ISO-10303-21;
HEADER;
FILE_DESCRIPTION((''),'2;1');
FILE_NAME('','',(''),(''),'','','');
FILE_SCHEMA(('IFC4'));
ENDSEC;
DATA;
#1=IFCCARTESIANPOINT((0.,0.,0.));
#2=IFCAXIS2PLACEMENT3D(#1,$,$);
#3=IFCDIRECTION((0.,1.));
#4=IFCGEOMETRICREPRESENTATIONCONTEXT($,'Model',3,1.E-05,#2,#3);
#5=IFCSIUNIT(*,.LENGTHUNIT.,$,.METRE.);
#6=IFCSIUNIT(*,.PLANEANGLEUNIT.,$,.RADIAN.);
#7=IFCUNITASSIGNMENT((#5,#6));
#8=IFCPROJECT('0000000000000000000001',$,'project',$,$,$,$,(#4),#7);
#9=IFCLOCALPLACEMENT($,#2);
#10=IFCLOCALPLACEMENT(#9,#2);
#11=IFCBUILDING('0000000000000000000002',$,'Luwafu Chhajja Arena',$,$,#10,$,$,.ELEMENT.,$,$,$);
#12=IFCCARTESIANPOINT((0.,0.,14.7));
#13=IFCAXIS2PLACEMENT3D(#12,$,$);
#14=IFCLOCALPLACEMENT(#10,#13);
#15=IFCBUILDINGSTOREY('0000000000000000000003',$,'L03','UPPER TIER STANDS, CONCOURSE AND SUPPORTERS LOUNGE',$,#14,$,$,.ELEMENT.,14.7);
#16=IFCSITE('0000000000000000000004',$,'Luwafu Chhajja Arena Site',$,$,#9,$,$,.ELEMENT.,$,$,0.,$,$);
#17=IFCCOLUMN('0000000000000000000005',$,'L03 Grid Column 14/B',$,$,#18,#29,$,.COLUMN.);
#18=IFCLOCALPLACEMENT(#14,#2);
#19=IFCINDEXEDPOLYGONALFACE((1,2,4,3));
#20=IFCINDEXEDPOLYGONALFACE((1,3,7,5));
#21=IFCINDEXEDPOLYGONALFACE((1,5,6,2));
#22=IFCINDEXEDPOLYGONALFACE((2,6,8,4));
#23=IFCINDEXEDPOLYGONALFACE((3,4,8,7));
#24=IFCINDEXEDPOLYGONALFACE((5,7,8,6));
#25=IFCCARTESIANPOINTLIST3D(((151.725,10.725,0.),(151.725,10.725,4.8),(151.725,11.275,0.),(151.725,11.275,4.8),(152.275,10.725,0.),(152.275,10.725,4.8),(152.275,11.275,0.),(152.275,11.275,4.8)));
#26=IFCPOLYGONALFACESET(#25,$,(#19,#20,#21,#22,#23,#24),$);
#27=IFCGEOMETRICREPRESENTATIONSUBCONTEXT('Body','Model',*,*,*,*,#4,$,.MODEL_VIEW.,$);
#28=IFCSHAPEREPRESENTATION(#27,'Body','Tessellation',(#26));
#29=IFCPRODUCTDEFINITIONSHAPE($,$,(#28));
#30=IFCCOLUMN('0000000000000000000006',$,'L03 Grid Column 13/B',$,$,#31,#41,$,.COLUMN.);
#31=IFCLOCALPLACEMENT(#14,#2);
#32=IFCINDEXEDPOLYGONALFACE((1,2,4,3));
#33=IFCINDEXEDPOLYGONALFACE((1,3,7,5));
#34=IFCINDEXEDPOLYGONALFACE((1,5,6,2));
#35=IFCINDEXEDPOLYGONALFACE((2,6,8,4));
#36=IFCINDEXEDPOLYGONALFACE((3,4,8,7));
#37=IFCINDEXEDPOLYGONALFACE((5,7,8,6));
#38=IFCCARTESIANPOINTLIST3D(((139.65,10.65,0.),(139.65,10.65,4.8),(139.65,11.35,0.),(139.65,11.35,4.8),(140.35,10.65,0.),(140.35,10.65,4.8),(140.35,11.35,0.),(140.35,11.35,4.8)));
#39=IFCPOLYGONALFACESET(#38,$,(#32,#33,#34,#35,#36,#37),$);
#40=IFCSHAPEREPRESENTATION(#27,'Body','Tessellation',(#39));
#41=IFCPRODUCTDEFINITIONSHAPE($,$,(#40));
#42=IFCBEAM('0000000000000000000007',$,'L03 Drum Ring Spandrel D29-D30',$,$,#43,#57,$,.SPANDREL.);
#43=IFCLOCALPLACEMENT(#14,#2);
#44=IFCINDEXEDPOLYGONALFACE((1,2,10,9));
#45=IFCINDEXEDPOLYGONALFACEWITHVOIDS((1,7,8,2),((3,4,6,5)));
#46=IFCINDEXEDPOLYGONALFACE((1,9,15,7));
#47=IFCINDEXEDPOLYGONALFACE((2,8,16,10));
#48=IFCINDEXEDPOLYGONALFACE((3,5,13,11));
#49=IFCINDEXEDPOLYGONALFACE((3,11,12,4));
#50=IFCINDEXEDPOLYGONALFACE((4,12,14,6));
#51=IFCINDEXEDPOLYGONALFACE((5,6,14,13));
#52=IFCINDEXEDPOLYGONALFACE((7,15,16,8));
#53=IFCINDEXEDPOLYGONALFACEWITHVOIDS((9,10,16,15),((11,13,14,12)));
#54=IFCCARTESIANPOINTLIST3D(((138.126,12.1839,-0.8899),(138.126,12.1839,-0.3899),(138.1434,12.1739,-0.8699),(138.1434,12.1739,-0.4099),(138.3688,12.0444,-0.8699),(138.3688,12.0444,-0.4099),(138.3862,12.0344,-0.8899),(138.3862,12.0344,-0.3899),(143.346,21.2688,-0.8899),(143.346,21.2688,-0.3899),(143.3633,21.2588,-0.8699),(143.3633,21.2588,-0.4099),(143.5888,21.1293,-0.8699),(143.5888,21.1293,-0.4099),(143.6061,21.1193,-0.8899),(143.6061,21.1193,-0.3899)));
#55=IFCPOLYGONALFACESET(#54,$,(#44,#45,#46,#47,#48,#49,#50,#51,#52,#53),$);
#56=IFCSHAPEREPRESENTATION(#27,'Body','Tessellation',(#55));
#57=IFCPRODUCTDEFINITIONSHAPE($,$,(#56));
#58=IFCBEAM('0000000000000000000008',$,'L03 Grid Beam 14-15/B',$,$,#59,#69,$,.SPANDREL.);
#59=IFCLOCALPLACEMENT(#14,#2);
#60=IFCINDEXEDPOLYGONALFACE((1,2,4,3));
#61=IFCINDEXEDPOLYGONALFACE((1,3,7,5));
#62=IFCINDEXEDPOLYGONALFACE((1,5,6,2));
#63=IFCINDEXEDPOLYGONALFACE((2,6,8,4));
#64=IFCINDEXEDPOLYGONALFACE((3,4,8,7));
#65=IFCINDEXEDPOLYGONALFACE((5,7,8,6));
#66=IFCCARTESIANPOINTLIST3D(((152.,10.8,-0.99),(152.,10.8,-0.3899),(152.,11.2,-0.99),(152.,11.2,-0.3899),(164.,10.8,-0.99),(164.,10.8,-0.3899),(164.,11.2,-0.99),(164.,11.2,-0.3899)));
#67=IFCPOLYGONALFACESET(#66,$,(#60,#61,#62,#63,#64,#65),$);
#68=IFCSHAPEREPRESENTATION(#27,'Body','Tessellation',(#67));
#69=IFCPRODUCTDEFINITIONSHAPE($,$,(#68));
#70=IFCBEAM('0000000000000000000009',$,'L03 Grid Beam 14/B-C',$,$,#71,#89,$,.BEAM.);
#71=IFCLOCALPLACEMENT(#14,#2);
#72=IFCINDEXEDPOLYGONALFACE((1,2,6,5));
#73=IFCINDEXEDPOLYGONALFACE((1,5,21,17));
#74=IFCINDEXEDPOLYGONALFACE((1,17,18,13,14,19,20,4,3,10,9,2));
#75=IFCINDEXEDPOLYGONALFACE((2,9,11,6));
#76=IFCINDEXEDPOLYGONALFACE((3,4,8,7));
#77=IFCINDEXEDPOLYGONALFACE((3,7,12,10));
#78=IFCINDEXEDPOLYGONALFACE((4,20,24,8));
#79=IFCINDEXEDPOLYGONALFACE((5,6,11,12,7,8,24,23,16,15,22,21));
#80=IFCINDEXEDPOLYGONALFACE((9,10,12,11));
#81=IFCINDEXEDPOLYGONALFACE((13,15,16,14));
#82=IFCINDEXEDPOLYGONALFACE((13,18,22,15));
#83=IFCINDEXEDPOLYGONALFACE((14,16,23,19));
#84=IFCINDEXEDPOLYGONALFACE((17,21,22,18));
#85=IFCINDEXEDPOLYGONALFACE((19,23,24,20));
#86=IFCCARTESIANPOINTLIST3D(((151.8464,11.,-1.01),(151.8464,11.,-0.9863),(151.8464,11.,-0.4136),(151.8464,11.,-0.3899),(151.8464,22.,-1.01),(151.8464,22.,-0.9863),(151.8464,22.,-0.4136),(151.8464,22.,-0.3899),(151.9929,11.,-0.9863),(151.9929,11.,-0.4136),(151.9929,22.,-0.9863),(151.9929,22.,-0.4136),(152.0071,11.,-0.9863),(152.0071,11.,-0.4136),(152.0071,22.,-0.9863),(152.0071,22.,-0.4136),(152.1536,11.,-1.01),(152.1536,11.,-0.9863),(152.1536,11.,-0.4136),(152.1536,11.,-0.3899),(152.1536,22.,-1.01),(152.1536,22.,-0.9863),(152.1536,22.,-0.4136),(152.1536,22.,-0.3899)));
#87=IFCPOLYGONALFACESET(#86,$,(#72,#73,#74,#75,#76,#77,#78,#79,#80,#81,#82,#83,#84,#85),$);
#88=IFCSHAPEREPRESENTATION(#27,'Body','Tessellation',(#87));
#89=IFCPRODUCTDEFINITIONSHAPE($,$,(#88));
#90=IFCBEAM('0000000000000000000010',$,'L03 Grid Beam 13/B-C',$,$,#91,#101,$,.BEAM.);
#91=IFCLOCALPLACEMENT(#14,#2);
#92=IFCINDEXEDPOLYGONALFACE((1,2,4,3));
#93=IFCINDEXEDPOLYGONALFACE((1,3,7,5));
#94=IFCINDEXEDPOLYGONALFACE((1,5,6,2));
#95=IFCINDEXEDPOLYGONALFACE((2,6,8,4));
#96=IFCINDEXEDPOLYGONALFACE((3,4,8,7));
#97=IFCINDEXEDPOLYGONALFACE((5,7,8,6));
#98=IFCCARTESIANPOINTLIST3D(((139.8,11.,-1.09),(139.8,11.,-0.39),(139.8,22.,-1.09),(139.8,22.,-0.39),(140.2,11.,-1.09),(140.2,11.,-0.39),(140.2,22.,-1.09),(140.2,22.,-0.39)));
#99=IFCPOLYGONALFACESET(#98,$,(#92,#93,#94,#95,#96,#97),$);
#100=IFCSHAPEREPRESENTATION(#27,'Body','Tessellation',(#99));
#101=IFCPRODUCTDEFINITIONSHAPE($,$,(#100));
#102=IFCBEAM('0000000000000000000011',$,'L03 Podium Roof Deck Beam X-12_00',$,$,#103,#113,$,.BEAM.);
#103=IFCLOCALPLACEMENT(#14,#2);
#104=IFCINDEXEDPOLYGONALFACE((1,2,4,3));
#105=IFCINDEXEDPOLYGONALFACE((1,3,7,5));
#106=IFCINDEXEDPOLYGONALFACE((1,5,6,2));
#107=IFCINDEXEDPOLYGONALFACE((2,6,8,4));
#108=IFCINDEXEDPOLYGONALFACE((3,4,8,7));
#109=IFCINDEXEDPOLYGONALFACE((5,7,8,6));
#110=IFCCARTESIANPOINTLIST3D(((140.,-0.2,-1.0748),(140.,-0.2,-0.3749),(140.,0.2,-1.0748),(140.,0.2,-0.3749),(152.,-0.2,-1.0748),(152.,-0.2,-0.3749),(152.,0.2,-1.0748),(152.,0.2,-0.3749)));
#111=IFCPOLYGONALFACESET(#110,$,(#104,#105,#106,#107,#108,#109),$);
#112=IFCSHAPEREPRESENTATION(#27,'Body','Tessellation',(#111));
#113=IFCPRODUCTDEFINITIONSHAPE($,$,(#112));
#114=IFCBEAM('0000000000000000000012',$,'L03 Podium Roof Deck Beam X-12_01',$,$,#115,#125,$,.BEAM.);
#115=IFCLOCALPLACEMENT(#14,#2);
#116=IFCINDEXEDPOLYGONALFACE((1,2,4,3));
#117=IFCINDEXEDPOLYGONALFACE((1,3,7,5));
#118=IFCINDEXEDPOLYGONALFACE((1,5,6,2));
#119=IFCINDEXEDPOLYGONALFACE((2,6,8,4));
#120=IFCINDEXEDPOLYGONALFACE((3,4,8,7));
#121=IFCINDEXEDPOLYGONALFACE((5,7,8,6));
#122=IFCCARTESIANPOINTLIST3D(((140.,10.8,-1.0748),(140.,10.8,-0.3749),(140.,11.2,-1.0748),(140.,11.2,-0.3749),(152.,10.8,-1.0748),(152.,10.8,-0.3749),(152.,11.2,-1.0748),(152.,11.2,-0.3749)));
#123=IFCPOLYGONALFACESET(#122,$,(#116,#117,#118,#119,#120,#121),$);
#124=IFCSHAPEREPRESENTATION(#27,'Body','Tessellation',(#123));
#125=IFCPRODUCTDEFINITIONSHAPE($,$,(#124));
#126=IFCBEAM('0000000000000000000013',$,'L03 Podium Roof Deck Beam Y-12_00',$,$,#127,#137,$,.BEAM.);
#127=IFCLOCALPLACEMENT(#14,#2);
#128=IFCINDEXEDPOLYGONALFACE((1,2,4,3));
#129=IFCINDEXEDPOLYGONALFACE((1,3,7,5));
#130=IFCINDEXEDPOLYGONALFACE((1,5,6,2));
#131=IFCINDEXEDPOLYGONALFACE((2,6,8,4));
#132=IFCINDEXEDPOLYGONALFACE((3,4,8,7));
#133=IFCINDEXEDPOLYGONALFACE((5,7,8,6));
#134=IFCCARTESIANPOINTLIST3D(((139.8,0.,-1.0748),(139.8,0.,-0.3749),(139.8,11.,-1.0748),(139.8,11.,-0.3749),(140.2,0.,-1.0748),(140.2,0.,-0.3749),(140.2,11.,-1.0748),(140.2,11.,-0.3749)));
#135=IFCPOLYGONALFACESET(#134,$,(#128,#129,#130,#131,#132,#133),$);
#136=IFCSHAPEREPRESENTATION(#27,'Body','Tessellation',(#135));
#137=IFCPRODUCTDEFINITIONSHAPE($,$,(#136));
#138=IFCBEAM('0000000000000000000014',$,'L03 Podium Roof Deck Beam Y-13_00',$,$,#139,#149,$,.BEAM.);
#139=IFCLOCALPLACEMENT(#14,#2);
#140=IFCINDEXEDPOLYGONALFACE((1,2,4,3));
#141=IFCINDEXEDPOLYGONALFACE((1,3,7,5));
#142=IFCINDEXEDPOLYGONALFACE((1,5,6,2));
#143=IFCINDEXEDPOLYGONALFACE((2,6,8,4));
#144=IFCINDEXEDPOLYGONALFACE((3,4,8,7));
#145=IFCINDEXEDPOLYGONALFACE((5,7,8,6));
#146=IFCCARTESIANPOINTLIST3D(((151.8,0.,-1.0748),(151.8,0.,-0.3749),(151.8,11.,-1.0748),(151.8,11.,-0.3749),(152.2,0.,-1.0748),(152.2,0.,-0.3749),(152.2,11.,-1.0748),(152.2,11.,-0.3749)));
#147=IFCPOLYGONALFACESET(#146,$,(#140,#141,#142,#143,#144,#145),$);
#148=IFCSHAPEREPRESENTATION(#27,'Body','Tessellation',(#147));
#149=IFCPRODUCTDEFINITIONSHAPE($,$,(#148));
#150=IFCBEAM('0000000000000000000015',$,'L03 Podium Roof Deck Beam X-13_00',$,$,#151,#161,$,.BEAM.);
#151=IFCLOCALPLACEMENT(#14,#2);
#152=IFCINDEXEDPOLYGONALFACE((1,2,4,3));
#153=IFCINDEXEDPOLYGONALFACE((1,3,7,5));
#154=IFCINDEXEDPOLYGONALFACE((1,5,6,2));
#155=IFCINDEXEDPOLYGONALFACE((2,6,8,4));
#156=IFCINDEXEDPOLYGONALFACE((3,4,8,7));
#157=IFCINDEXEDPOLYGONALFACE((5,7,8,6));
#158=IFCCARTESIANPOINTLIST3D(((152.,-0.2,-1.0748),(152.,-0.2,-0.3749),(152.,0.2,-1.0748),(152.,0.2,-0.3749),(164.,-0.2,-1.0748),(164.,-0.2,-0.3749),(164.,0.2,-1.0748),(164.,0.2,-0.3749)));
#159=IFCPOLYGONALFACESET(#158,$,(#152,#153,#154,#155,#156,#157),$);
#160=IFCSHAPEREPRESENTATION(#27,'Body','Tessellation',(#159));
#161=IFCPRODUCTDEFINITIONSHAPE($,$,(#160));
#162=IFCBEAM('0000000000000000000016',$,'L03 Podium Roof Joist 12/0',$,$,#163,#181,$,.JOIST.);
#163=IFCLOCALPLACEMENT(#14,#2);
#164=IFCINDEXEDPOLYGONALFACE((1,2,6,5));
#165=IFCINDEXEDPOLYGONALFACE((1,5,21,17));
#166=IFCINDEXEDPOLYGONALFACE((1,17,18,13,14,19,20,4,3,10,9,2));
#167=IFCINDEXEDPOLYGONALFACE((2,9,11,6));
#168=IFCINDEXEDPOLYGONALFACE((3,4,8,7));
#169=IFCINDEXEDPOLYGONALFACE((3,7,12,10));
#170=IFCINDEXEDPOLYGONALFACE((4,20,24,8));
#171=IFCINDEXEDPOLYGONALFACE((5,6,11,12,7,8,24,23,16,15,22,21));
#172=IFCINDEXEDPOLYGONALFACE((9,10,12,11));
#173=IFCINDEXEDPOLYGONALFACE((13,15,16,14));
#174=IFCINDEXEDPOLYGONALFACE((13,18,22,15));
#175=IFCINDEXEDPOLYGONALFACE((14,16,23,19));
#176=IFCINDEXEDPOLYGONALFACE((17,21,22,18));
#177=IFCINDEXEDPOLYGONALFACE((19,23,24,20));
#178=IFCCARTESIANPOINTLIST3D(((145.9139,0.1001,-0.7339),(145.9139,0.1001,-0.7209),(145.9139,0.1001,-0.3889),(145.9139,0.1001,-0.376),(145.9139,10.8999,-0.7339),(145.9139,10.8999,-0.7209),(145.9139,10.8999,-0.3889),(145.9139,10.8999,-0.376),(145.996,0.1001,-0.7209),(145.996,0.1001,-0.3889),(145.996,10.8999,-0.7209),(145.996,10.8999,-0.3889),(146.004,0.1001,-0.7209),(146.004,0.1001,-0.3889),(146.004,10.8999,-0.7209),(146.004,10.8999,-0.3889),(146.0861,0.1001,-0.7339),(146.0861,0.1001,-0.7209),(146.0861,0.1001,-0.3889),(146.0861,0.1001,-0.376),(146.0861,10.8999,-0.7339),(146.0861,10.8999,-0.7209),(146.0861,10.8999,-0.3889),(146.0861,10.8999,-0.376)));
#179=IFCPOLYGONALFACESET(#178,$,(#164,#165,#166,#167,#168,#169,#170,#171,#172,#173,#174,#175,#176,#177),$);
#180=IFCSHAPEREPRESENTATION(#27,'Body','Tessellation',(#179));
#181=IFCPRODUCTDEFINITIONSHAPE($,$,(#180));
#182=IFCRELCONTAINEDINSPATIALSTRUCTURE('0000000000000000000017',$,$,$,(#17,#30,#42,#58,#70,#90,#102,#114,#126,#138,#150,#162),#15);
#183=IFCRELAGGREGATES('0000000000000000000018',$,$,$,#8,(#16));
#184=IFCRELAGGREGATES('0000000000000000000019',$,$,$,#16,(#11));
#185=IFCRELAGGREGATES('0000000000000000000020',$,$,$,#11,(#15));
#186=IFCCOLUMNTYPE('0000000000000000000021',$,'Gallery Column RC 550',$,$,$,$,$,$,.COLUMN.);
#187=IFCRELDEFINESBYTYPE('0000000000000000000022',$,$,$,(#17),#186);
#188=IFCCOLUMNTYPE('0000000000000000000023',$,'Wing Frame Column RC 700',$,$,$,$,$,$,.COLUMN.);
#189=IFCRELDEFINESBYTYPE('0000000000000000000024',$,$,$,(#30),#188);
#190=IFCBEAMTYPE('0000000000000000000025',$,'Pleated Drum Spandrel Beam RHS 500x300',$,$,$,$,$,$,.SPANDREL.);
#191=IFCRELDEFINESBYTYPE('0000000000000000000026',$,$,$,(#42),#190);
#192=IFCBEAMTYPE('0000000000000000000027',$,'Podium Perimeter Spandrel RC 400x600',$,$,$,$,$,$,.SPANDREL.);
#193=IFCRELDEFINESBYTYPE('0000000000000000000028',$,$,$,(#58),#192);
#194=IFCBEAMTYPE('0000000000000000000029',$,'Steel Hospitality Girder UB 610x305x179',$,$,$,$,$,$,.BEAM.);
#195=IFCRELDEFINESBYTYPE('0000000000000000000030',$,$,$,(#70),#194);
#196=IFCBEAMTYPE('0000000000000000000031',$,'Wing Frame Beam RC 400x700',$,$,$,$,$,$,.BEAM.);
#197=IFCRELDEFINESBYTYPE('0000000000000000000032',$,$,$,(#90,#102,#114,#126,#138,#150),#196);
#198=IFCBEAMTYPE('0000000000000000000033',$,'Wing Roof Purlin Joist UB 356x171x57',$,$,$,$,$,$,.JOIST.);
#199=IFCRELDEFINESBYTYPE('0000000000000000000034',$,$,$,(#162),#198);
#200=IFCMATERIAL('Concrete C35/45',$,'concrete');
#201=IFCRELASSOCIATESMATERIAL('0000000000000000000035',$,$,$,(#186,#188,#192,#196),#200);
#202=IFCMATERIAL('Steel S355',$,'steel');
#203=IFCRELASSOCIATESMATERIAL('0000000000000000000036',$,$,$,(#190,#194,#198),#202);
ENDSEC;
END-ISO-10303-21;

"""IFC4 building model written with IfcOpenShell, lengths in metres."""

from ifc_helpers import new_model, si_unit, direction, frame, origin, origin_2d, place, context, subcontext, project, spatial, rectangle, hollow_rectangle, i_section, extrude, material, material_profile, profile_set, type_object, element, save


model = new_model("IFC4")

# Units and contexts
model_context = context("Model", 3, precision=1e-05, world=origin(), true_north=direction((0.0, 1.0)))
body_context = subcontext(model_context, "Body", "Model", "MODEL_VIEW")
ifc_project = project(units=[si_unit("LENGTHUNIT", "METRE"), si_unit("PLANEANGLEUNIT", "RADIAN")], contexts=[model_context])

# Site, building, storey
site_placement = place(None, origin())
site = spatial("IfcSite", under=ifc_project, at=site_placement, Name="Luwafu Chhajja Arena Site", CompositionType="ELEMENT", RefElevation=0.0)
building_placement = place(site_placement, origin())
building = spatial("IfcBuilding", under=site, at=building_placement, Name="Luwafu Chhajja Arena", CompositionType="ELEMENT")
storey_placement = place(building_placement, frame((0.0, 0.0, 14.7)))
storey = spatial("IfcBuildingStorey", under=building, at=storey_placement, Name="L03", Description="UPPER TIER STANDS, CONCOURSE AND SUPPORTERS LOUNGE", CompositionType="ELEMENT", Elevation=14.7)

# Columns
ifc_material_1 = material(Name="Concrete C35/45", Category="concrete")
ifc_material_profile_1 = material_profile(ifc_material_1, rectangle(XDim=0.55, YDim=0.55, at=origin_2d()), Name="RC 550x550")
ifc_profile_set_1 = profile_set([ifc_material_profile_1], Name="Concrete C35/45")
column_type_1 = type_object("IfcColumnType", Name="Gallery Column RC 550", PredefinedType="COLUMN", material=ifc_profile_set_1)
column_1_placement = place(storey_placement, frame((152.0, 11.0, 0.0), z_axis=(0.0, 0.0, 1.0), x_axis=(1.0, 0.0, 0.0)))
element("IfcColumn", 1, at=column_1_placement, inside=storey, type_object=column_type_1, Name="L03 Grid Column 14/B", PredefinedType="COLUMN", context=body_context, shape_type="SweptSolid", body=[
    extrude(rectangle(XDim=0.55, YDim=0.55, at=origin_2d()), origin(), (0.0, 0.0, 1.0), 4.8),
])
ifc_material_profile_2 = material_profile(ifc_material_1, rectangle(XDim=0.7, YDim=0.7, at=origin_2d()), Name="RC 700x700")
ifc_profile_set_2 = profile_set([ifc_material_profile_2], Name="Concrete C35/45")
column_type_2 = type_object("IfcColumnType", Name="Wing Frame Column RC 700", PredefinedType="COLUMN", material=ifc_profile_set_2)
column_2_placement = place(storey_placement, frame((140.0, 11.0, 0.0), z_axis=(0.0, 0.0, 1.0), x_axis=(1.0, 0.0, 0.0)))
element("IfcColumn", 2, at=column_2_placement, inside=storey, type_object=column_type_2, Name="L03 Grid Column 13/B", PredefinedType="COLUMN", context=body_context, shape_type="SweptSolid", body=[
    extrude(rectangle(XDim=0.7, YDim=0.7, at=origin_2d()), origin(), (0.0, 0.0, 1.0), 4.8),
])

# Beams
ifc_material_2 = material(Name="Steel S355", Category="steel")
ifc_material_profile_3 = material_profile(ifc_material_2, hollow_rectangle(XDim=0.3, YDim=0.5, WallThickness=0.02, at=origin_2d()), Name="RHS 500x300x20")
ifc_profile_set_3 = profile_set([ifc_material_profile_3], Name="Steel S355")
beam_type_1 = type_object("IfcBeamType", Name="Pleated Drum Spandrel Beam RHS 500x300", PredefinedType="SPANDREL", material=ifc_profile_set_3)
beam_1_placement = place(storey_placement, frame((138.2561, 12.1091, -0.6399), z_axis=(0.498193, 0.867066, 0.0), x_axis=(-0.867066, 0.498193, 0.0)))
element("IfcBeam", 3, at=beam_1_placement, inside=storey, type_object=beam_type_1, Name="L03 Drum Ring Spandrel D29-D30", PredefinedType="SPANDREL", context=body_context, shape_type="SweptSolid", body=[
    extrude(hollow_rectangle(XDim=0.3, YDim=0.5, WallThickness=0.02, at=origin_2d()), origin(), (0.0, 0.0, 1.0), 10.4778),
])
ifc_material_profile_4 = material_profile(ifc_material_1, rectangle(XDim=0.3999, YDim=0.6001, at=origin_2d()), Name="RC 400x600")
ifc_profile_set_4 = profile_set([ifc_material_profile_4], Name="Concrete C35/45")
beam_type_2 = type_object("IfcBeamType", Name="Podium Perimeter Spandrel RC 400x600", PredefinedType="SPANDREL", material=ifc_profile_set_4)
beam_2_placement = place(storey_placement, frame((152.0, 11.0, -0.6899), z_axis=(1.0, 0.0, 0.0), x_axis=(0.0, 1.0, 0.0)))
element("IfcBeam", 4, at=beam_2_placement, inside=storey, type_object=beam_type_2, Name="L03 Grid Beam 14-15/B", PredefinedType="SPANDREL", context=body_context, shape_type="SweptSolid", body=[
    extrude(rectangle(XDim=0.3999, YDim=0.6001, at=origin_2d()), origin(), (0.0, 0.0, 1.0), 12.0),
])
ifc_material_profile_5 = material_profile(ifc_material_2, i_section(OverallWidth=0.3071, OverallDepth=0.6201, WebThickness=0.0142, FlangeThickness=0.0237, at=origin_2d()), Name="UB 610x305x179")
ifc_profile_set_5 = profile_set([ifc_material_profile_5], Name="Steel S355")
beam_type_3 = type_object("IfcBeamType", Name="Steel Hospitality Girder UB 610x305x179", PredefinedType="BEAM", material=ifc_profile_set_5)
beam_3_placement = place(storey_placement, frame((152.0, 11.0, -0.7), z_axis=(0.0, 1.0, 0.0), x_axis=(-1.0, 0.0, 0.0)))
element("IfcBeam", 5, at=beam_3_placement, inside=storey, type_object=beam_type_3, Name="L03 Grid Beam 14/B-C", PredefinedType="BEAM", context=body_context, shape_type="SweptSolid", body=[
    extrude(i_section(OverallWidth=0.3071, OverallDepth=0.6201, WebThickness=0.0142, FlangeThickness=0.0237, at=origin_2d()), origin(), (0.0, 0.0, 1.0), 11.0),
])
ifc_material_profile_6 = material_profile(ifc_material_1, rectangle(XDim=0.3999, YDim=0.7, at=origin_2d()), Name="RC 400x700")
ifc_profile_set_6 = profile_set([ifc_material_profile_6], Name="Concrete C35/45")
beam_type_4 = type_object("IfcBeamType", Name="Wing Frame Beam RC 400x700", PredefinedType="BEAM", material=ifc_profile_set_6)
beam_4_placement = place(storey_placement, frame((140.0, 11.0, -0.74), z_axis=(0.0, 1.0, 0.0), x_axis=(-1.0, 0.0, 0.0)))
element("IfcBeam", 6, at=beam_4_placement, inside=storey, type_object=beam_type_4, Name="L03 Grid Beam 13/B-C", PredefinedType="BEAM", context=body_context, shape_type="SweptSolid", body=[
    extrude(rectangle(XDim=0.3999, YDim=0.7, at=origin_2d()), origin(), (0.0, 0.0, 1.0), 11.0),
])
for number, where, z_axis, x_axis, name in (
    (7, (140.0, 0.0, -0.7249), (1.0, 0.0, 0.0), (0.0, 1.0, 0.0), "L03 Podium Roof Deck Beam X-12_00"),
    (8, (140.0, 11.0, -0.7249), (1.0, 0.0, 0.0), (0.0, 1.0, 0.0), "L03 Podium Roof Deck Beam X-12_01"),
):
    element("IfcBeam", number, at=place(storey_placement, frame(where, z_axis=z_axis, x_axis=x_axis)), inside=storey, type_object=beam_type_4, Name=name, PredefinedType="BEAM", context=body_context, shape_type="SweptSolid", body=[
        extrude(rectangle(XDim=0.3999, YDim=0.7, at=origin_2d()), origin(), (0.0, 0.0, 1.0), 12.0),
    ])
for number, where, z_axis, x_axis, name in (
    (9, (140.0, 0.0, -0.7249), (0.0, 1.0, 0.0), (-1.0, 0.0, 0.0), "L03 Podium Roof Deck Beam Y-12_00"),
    (10, (152.0, 0.0, -0.7249), (0.0, 1.0, 0.0), (-1.0, 0.0, 0.0), "L03 Podium Roof Deck Beam Y-13_00"),
):
    element("IfcBeam", number, at=place(storey_placement, frame(where, z_axis=z_axis, x_axis=x_axis)), inside=storey, type_object=beam_type_4, Name=name, PredefinedType="BEAM", context=body_context, shape_type="SweptSolid", body=[
        extrude(rectangle(XDim=0.3999, YDim=0.7, at=origin_2d()), origin(), (0.0, 0.0, 1.0), 11.0),
    ])
beam_5_placement = place(storey_placement, frame((152.0, 0.0, -0.7249), z_axis=(1.0, 0.0, 0.0), x_axis=(0.0, 1.0, 0.0)))
element("IfcBeam", 11, at=beam_5_placement, inside=storey, type_object=beam_type_4, Name="L03 Podium Roof Deck Beam X-13_00", PredefinedType="BEAM", context=body_context, shape_type="SweptSolid", body=[
    extrude(rectangle(XDim=0.3999, YDim=0.7, at=origin_2d()), origin(), (0.0, 0.0, 1.0), 12.0),
])
ifc_material_profile_7 = material_profile(ifc_material_2, i_section(OverallWidth=0.1721, OverallDepth=0.3579, WebThickness=0.0081, FlangeThickness=0.0129, at=origin_2d()), Name="UB 356x171x57")
ifc_profile_set_7 = profile_set([ifc_material_profile_7], Name="Steel S355")
beam_type_5 = type_object("IfcBeamType", Name="Wing Roof Purlin Joist UB 356x171x57", PredefinedType="JOIST", material=ifc_profile_set_7)
beam_6_placement = place(storey_placement, frame((146.0, 0.1001, -0.5549), z_axis=(0.0, 1.0, 0.0), x_axis=(-1.0, 0.0, 0.0)))
element("IfcBeam", 12, at=beam_6_placement, inside=storey, type_object=beam_type_5, Name="L03 Podium Roof Joist 12/0", PredefinedType="JOIST", context=body_context, shape_type="SweptSolid", body=[
    extrude(i_section(OverallWidth=0.1721, OverallDepth=0.3579, WebThickness=0.0081, FlangeThickness=0.0129, at=origin_2d()), origin(), (0.0, 0.0, 1.0), 10.7998),
])

save(model, "model.ifc")
